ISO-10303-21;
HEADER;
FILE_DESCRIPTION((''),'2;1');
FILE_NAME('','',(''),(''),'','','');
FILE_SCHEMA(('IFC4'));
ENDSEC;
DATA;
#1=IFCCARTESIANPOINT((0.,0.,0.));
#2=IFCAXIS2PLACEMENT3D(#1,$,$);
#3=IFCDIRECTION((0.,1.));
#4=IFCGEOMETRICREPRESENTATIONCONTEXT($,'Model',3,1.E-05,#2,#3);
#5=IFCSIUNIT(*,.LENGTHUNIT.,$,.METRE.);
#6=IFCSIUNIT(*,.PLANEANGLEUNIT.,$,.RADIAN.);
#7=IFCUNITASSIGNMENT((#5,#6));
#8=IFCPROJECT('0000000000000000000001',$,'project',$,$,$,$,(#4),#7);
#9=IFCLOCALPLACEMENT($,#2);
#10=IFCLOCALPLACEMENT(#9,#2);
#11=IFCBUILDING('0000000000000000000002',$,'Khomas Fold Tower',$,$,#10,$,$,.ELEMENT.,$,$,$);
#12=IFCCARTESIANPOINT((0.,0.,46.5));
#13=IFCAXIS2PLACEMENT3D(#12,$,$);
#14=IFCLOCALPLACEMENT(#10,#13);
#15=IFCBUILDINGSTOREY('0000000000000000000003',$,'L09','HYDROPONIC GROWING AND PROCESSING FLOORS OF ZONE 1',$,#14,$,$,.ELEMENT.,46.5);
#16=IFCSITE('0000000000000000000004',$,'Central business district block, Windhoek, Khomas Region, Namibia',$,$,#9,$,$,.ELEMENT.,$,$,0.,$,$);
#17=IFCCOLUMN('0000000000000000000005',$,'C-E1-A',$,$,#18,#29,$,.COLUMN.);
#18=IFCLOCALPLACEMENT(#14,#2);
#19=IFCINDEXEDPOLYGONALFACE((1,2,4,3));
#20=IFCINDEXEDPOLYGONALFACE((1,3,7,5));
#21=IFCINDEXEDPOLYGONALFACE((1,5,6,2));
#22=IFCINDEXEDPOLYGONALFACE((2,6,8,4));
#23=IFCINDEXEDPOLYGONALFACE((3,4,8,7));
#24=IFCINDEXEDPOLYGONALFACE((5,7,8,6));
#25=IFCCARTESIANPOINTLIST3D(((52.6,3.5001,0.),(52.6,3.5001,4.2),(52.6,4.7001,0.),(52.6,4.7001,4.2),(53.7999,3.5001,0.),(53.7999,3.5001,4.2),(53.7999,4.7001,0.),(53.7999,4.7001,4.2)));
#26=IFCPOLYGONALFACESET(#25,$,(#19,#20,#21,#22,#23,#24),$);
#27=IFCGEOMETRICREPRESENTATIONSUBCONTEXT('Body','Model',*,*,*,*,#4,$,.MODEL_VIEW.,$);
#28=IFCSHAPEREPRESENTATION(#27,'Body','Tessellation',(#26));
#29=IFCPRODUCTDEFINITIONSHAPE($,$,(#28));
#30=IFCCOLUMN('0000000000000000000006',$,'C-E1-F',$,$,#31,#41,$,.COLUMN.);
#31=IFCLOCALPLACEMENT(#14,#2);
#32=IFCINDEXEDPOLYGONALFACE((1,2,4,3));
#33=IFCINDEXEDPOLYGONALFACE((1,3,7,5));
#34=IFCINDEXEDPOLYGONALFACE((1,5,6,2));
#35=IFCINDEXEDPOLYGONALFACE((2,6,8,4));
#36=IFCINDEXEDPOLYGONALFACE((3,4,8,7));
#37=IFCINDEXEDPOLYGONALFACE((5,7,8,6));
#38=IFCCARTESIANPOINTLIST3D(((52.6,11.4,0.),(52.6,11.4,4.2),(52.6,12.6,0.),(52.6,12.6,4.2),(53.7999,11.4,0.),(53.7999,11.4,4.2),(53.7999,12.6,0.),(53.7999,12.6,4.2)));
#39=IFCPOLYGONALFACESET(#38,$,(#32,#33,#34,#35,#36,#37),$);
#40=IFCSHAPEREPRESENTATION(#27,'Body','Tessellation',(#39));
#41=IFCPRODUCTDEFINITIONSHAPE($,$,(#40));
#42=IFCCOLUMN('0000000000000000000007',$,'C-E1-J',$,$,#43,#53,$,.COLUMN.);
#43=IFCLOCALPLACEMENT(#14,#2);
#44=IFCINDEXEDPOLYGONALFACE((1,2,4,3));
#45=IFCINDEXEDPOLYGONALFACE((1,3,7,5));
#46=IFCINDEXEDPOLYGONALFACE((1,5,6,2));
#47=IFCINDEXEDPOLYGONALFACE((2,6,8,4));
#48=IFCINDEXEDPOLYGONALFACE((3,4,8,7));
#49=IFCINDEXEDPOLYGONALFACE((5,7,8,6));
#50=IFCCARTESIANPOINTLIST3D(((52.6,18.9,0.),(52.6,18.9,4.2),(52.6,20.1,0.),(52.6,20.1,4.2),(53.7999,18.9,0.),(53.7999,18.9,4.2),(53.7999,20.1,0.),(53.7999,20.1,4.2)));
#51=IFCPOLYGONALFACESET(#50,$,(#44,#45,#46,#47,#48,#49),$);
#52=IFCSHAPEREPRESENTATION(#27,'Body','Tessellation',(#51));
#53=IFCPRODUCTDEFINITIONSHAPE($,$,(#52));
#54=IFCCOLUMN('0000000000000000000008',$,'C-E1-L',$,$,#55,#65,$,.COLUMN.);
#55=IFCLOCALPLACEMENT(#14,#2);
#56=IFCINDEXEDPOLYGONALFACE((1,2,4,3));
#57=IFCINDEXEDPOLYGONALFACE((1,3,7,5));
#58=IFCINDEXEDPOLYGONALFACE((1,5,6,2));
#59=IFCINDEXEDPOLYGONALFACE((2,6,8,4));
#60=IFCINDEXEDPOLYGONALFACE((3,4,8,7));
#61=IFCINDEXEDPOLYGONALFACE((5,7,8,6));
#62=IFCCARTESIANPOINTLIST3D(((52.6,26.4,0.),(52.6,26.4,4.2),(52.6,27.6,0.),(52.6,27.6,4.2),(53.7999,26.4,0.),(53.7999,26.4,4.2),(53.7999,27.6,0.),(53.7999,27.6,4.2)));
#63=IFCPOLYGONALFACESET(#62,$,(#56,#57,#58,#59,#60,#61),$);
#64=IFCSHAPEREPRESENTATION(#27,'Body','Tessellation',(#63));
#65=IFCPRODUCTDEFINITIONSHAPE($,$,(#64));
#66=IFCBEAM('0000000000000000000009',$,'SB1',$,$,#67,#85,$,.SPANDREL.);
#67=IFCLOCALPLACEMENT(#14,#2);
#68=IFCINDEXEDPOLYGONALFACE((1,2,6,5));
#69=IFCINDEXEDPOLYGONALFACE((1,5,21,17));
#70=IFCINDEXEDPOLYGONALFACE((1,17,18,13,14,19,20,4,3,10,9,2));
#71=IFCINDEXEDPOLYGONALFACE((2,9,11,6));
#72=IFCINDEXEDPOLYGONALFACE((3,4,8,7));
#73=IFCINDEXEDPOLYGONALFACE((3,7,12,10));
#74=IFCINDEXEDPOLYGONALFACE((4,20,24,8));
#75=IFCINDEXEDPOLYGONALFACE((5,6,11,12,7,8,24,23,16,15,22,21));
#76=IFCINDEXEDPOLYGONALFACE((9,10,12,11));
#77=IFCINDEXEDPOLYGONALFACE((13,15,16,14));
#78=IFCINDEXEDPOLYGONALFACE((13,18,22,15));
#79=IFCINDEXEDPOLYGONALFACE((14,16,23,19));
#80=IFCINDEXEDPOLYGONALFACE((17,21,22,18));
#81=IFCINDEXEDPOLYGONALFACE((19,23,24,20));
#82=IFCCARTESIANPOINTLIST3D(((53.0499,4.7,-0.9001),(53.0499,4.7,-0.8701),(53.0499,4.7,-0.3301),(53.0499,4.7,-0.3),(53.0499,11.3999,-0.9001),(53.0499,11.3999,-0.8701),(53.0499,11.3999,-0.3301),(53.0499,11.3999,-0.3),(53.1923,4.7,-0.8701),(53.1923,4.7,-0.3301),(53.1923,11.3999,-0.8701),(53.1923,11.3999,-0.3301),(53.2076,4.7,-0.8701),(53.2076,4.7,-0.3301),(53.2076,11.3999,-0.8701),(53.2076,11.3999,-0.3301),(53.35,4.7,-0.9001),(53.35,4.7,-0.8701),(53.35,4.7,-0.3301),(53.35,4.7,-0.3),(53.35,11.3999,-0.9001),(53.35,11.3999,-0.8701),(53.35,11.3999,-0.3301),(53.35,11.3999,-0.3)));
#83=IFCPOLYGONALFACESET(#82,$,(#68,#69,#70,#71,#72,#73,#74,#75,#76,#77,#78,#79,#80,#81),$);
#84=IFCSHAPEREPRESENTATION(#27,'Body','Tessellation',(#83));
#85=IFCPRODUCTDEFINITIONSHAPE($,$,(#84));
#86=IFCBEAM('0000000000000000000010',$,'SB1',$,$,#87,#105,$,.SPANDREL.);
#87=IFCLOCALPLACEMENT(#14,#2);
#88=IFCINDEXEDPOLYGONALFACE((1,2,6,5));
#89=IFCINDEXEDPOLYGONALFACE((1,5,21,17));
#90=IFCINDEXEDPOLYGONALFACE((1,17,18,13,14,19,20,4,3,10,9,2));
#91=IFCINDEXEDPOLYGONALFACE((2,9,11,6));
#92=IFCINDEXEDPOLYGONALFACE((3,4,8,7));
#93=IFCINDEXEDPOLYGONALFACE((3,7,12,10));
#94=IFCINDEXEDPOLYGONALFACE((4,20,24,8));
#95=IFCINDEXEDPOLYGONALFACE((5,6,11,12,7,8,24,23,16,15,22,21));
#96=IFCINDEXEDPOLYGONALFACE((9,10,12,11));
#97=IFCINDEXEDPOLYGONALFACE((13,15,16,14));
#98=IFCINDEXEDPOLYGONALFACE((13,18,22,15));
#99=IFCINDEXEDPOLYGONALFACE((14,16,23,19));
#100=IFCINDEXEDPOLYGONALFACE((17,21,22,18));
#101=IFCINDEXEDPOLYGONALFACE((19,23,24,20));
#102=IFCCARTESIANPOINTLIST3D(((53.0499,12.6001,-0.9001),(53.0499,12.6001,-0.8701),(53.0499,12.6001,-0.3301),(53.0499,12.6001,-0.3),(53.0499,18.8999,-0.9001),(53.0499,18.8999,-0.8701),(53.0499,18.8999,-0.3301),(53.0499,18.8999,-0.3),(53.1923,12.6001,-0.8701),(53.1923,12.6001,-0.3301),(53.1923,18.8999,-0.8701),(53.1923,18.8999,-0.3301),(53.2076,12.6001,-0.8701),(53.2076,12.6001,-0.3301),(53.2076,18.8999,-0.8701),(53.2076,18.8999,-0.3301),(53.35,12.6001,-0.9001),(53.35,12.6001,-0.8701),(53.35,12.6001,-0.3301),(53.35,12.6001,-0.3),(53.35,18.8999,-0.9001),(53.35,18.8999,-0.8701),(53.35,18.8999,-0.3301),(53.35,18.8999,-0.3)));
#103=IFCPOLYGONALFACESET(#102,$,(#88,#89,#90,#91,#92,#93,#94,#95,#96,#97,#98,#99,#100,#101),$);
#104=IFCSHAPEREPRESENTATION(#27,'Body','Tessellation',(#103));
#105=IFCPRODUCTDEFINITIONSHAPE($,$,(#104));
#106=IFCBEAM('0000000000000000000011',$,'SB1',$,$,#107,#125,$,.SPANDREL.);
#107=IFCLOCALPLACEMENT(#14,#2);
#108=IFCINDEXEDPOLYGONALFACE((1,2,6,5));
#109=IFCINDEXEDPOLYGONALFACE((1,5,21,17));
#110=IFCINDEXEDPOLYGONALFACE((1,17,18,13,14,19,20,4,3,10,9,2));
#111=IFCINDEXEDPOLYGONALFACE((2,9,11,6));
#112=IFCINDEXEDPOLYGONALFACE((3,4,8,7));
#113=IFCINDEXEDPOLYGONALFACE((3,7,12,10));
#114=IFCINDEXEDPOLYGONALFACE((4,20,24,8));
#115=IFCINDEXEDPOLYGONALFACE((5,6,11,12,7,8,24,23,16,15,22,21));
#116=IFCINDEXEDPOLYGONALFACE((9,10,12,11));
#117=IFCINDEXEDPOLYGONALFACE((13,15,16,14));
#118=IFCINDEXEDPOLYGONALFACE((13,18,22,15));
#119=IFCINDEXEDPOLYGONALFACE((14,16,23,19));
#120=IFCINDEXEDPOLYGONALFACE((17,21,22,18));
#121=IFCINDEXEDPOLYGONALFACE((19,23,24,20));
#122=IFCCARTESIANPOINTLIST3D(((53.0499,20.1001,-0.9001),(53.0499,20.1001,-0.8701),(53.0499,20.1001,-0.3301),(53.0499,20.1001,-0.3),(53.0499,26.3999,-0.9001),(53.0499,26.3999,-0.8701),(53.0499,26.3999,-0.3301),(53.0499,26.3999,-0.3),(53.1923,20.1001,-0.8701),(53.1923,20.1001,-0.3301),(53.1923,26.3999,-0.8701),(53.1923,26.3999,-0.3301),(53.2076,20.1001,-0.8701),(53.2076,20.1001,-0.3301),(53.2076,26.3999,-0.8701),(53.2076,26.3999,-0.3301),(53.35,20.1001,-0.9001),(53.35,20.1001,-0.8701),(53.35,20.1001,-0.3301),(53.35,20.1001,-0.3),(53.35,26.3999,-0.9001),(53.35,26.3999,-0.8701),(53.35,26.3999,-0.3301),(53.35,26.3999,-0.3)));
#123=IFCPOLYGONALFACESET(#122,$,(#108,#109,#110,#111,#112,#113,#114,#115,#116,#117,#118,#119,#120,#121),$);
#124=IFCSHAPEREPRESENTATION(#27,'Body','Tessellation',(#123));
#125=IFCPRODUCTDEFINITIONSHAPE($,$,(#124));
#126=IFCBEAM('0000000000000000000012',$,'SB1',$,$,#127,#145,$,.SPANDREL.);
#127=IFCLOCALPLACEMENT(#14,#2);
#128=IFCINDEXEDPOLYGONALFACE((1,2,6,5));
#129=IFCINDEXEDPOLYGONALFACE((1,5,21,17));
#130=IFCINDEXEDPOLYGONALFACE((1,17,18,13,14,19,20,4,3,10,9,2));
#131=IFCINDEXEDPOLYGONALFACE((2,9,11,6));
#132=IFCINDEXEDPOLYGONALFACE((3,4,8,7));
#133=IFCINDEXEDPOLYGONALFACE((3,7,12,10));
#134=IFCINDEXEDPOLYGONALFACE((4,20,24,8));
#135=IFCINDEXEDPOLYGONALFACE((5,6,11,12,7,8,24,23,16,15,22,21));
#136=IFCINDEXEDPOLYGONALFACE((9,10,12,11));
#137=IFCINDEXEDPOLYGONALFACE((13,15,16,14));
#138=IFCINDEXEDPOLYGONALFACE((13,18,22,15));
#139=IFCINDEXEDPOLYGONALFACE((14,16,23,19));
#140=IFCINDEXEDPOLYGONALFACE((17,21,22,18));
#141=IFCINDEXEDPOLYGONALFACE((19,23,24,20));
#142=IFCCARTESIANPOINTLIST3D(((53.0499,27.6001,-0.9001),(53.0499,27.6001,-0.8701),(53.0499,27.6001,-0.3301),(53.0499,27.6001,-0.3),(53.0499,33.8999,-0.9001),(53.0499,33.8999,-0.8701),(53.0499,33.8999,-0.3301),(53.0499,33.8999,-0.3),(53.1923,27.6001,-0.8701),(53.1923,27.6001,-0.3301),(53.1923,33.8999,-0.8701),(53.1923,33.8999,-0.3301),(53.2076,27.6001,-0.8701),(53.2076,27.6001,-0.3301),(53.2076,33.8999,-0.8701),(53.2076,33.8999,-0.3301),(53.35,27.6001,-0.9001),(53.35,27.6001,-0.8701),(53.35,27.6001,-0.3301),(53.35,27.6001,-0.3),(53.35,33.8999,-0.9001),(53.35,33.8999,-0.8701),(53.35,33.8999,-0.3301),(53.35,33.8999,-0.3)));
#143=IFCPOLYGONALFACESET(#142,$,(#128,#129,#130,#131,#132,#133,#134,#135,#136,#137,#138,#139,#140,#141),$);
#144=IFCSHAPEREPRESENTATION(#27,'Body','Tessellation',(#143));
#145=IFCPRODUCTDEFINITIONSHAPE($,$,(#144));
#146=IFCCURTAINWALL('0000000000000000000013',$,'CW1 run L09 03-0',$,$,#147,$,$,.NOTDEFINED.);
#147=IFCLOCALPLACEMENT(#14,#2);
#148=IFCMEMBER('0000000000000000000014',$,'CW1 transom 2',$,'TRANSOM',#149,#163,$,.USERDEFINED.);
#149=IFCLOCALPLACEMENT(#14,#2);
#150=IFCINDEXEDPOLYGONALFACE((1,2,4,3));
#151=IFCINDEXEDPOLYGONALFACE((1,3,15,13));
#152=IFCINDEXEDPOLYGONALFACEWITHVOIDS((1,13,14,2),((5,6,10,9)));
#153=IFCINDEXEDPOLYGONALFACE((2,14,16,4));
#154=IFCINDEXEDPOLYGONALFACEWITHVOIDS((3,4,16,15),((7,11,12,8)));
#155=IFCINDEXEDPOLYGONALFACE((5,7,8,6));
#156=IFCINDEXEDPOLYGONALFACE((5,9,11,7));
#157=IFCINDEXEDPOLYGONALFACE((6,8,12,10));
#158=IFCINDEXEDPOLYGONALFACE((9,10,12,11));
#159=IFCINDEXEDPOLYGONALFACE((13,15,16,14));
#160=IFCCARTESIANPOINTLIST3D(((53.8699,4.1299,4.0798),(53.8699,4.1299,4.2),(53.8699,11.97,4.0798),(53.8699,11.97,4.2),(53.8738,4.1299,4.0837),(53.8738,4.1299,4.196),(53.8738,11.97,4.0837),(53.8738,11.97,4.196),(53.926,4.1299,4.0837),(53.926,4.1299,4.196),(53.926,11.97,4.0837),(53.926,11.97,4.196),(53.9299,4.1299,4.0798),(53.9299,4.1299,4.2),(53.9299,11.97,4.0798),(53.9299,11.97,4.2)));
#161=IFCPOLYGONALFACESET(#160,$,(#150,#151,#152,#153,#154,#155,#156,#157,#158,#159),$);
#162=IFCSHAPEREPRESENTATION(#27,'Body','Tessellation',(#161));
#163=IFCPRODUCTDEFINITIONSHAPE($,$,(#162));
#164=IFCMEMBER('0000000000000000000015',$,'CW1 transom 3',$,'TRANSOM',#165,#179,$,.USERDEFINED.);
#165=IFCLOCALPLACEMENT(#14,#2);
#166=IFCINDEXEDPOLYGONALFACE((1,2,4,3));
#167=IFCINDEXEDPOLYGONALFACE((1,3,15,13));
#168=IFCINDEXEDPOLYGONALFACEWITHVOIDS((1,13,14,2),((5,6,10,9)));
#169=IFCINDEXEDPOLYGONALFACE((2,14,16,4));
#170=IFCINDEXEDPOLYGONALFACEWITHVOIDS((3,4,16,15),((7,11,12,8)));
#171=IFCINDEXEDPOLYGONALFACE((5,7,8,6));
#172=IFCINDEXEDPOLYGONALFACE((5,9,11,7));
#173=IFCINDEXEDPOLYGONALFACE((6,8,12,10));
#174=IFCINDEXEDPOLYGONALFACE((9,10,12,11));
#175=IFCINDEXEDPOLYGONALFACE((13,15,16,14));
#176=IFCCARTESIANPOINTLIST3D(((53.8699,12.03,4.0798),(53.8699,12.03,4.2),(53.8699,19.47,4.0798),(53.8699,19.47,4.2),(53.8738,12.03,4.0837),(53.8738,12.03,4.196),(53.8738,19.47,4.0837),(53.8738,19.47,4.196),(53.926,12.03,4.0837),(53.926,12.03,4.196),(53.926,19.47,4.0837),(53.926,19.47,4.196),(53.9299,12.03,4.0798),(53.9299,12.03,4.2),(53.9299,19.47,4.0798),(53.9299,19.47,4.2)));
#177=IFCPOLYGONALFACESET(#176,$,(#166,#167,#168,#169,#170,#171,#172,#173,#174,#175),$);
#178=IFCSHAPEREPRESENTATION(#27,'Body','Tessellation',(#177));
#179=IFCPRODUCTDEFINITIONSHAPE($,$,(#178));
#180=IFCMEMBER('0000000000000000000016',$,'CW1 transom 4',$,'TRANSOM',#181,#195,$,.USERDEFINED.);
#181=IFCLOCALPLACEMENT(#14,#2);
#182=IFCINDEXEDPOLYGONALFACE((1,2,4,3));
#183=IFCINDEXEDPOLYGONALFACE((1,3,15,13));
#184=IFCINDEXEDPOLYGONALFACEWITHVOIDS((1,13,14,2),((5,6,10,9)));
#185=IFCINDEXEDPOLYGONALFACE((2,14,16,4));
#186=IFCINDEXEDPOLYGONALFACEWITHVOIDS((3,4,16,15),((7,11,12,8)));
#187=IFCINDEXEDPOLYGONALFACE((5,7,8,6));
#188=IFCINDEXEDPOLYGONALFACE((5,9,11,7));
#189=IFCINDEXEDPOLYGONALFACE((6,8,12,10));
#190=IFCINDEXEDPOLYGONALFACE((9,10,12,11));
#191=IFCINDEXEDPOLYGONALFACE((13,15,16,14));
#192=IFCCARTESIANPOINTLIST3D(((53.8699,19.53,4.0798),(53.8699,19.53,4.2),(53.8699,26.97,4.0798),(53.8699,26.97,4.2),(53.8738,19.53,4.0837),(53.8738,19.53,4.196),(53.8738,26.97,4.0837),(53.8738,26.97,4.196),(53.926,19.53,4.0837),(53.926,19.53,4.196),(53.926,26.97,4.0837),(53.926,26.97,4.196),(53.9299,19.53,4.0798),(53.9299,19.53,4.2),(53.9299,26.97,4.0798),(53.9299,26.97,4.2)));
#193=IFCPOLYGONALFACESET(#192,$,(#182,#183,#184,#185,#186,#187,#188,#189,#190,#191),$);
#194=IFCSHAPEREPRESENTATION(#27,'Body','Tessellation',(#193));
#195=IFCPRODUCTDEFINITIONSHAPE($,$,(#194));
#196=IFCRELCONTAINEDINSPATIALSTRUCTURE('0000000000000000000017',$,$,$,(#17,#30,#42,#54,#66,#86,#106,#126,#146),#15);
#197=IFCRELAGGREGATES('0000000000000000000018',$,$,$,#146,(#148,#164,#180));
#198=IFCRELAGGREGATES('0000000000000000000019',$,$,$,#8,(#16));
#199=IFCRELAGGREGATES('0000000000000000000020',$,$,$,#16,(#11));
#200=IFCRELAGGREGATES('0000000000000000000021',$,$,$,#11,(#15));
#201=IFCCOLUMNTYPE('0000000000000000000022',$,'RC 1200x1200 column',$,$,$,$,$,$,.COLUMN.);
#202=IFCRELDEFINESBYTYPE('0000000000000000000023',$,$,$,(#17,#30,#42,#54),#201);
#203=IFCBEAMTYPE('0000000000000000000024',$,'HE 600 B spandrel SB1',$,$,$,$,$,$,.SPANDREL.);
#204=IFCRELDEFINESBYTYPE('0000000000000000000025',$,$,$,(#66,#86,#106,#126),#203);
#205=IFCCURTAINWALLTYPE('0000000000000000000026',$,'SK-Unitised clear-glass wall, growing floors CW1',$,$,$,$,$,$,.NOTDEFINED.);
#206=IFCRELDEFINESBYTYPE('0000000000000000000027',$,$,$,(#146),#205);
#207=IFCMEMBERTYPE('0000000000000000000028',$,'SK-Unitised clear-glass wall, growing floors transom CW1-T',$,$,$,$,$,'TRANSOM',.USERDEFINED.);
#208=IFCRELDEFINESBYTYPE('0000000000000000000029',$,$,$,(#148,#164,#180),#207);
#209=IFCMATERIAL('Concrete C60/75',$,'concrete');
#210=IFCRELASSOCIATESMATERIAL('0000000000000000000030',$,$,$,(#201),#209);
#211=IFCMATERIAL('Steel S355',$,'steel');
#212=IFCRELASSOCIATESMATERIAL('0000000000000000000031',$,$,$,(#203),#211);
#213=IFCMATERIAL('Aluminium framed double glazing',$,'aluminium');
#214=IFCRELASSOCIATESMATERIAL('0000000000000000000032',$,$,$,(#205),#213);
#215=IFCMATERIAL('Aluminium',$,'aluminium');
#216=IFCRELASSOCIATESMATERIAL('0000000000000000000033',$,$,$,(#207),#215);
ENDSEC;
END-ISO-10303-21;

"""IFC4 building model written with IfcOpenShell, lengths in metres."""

from ifc_helpers import new_model, si_unit, direction, frame, origin, origin_2d, place, context, subcontext, project, spatial, rectangle, hollow_rectangle, i_section, extrude, source, transform, mapped, material, material_profile, profile_set, type_object, element, aggregate, save


model = new_model("IFC4")

# Units and contexts
model_context = context("Model", 3, precision=1e-05, world=origin(), true_north=direction((0.0, 1.0)))
body_context = subcontext(model_context, "Body", "Model", "MODEL_VIEW")
ifc_project = project(units=[si_unit("LENGTHUNIT", "METRE"), si_unit("PLANEANGLEUNIT", "RADIAN")], contexts=[model_context])

# Site, building, storey
site_placement = place(None, origin())
site = spatial("IfcSite", under=ifc_project, at=site_placement, Name="Central business district block, Windhoek, Khomas Region, Namibia", CompositionType="ELEMENT", RefElevation=0.0)
building_placement = place(site_placement, origin())
building = spatial("IfcBuilding", under=site, at=building_placement, Name="Khomas Fold Tower", CompositionType="ELEMENT")
storey_placement = place(building_placement, frame((0.0, 0.0, 46.5)))
storey = spatial("IfcBuildingStorey", under=building, at=storey_placement, Name="L09", Description="HYDROPONIC GROWING AND PROCESSING FLOORS OF ZONE 1", CompositionType="ELEMENT", Elevation=46.5)

# Columns
ifc_material_1 = material(Name="Concrete C60/75", Category="concrete")
ifc_material_profile_1 = material_profile(ifc_material_1, rectangle(XDim=1.2, YDim=1.2, at=origin_2d()), Name="RC 1200x1200")
ifc_profile_set_1 = profile_set([ifc_material_profile_1], Name="Concrete C60/75")
column_type = type_object("IfcColumnType", Name="RC 1200x1200 column", PredefinedType="COLUMN", material=ifc_profile_set_1)
shared_shape_1 = source(origin(), body_context, "Body", "SweptSolid", [
    extrude(rectangle(XDim=1.2, YDim=1.2, at=origin_2d()), origin(), (0.0, 0.0, 1.0), 4.2),
])
for number, where, z_axis, x_axis, name in (
    (1, (53.2, 4.1001, 0.0), (0.0, 0.0, 1.0), (1.0, 0.0, 0.0), "C-E1-A"),
    (2, (53.2, 12.0, 0.0), (0.0, 0.0, 1.0), (1.0, 0.0, 0.0), "C-E1-F"),
    (3, (53.2, 19.5, 0.0), (0.0, 0.0, 1.0), (1.0, 0.0, 0.0), "C-E1-J"),
    (4, (53.2, 27.0, 0.0), (0.0, 0.0, 1.0), (1.0, 0.0, 0.0), "C-E1-L"),
):
    element("IfcColumn", number, at=place(storey_placement, frame(where, z_axis=z_axis, x_axis=x_axis)), inside=storey, type_object=column_type, Name=name, PredefinedType="COLUMN", context=body_context, shape_type="MappedRepresentation", body=[
        mapped(shared_shape_1, transform((0.0, 0.0, 0.0))),
    ])

# Beams
ifc_material_2 = material(Name="Steel S355", Category="steel")
ifc_material_profile_2 = material_profile(ifc_material_2, i_section(OverallWidth=0.3, OverallDepth=0.6001, WebThickness=0.0154, FlangeThickness=0.03, at=origin_2d()), Name="HE 600 B")
ifc_profile_set_2 = profile_set([ifc_material_profile_2], Name="Steel S355")
beam_type = type_object("IfcBeamType", Name="HE 600 B spandrel SB1", PredefinedType="SPANDREL", material=ifc_profile_set_2)
shared_shape_2 = source(origin(), body_context, "Body", "SweptSolid", [
    extrude(i_section(OverallWidth=0.3, OverallDepth=0.6001, WebThickness=0.0154, FlangeThickness=0.03, at=origin_2d()), origin(), (0.0, 0.0, 1.0), 6.7),
])
beam_placement = place(storey_placement, frame((53.2, 4.7, -0.6001), z_axis=(0.0, 1.0, 0.0), x_axis=(-1.0, 0.0, 0.0)))
element("IfcBeam", 5, at=beam_placement, inside=storey, type_object=beam_type, Name="SB1", PredefinedType="SPANDREL", context=body_context, shape_type="MappedRepresentation", body=[
    mapped(shared_shape_2, transform((0.0, 0.0, 0.0))),
])
shared_shape_3 = source(origin(), body_context, "Body", "SweptSolid", [
    extrude(i_section(OverallWidth=0.3, OverallDepth=0.6001, WebThickness=0.0154, FlangeThickness=0.03, at=origin_2d()), origin(), (0.0, 0.0, 1.0), 6.2998),
])
for number, where, z_axis, x_axis, name in (
    (6, (53.2, 12.6001, -0.6001), (0.0, 1.0, 0.0), (-1.0, 0.0, 0.0), "SB1"),
    (7, (53.2, 20.1001, -0.6001), (0.0, 1.0, 0.0), (-1.0, 0.0, 0.0), "SB1"),
    (8, (53.2, 27.6001, -0.6001), (0.0, 1.0, 0.0), (-1.0, 0.0, 0.0), "SB1"),
):
    element("IfcBeam", number, at=place(storey_placement, frame(where, z_axis=z_axis, x_axis=x_axis)), inside=storey, type_object=beam_type, Name=name, PredefinedType="SPANDREL", context=body_context, shape_type="MappedRepresentation", body=[
        mapped(shared_shape_3, transform((0.0, 0.0, 0.0))),
    ])

# Curtain wall, members
ifc_material_3 = material(Name="Aluminium framed double glazing", Category="aluminium")
curtain_wall_type = type_object("IfcCurtainWallType", Name="SK-Unitised clear-glass wall, growing floors CW1", PredefinedType="NOTDEFINED", material=ifc_material_3)
curtain_wall_placement = place(storey_placement, origin())
curtain_wall = element("IfcCurtainWall", 9, at=curtain_wall_placement, inside=storey, type_object=curtain_wall_type, Name="CW1 run L09 03-0", PredefinedType="NOTDEFINED")
ifc_material_4 = material(Name="Aluminium", Category="aluminium")
ifc_material_profile_3 = material_profile(ifc_material_4, hollow_rectangle(XDim=0.0601, YDim=0.1201, WallThickness=0.0039, at=origin_2d()), Name="SK-Unitised clear-glass wall, growing floors transom CW1-T")
ifc_profile_set_3 = profile_set([ifc_material_profile_3], Name="Aluminium")
member_type_1 = type_object("IfcMemberType", Name="SK-Unitised clear-glass wall, growing floors transom CW1-T", ElementType="TRANSOM", PredefinedType="USERDEFINED", material=ifc_profile_set_3)
shared_shape_4 = source(origin(), body_context, "Body", "SweptSolid", [
    extrude(hollow_rectangle(XDim=0.0601, YDim=0.1201, WallThickness=0.0039, at=origin_2d()), origin(), (0.0, 0.0, 1.0), 7.8401),
])
member_1_placement = place(storey_placement, frame((53.8999, 4.1299, 4.1399), z_axis=(0.0, 1.0, 0.0), x_axis=(-1.0, 0.0, 0.0)))
member_1 = element("IfcMember", 10, at=member_1_placement, type_object=member_type_1, Name="CW1 transom 2", ObjectType="TRANSOM", PredefinedType="USERDEFINED", context=body_context, shape_type="MappedRepresentation", body=[
    mapped(shared_shape_4, transform((0.0, 0.0, 0.0))),
])
shared_shape_5 = source(origin(), body_context, "Body", "SweptSolid", [
    extrude(hollow_rectangle(XDim=0.0601, YDim=0.1201, WallThickness=0.0039, at=origin_2d()), origin(), (0.0, 0.0, 1.0), 7.4399),
])
member_2_placement = place(storey_placement, frame((53.8999, 12.03, 4.1399), z_axis=(0.0, 1.0, 0.0), x_axis=(-1.0, 0.0, 0.0)))
member_2 = element("IfcMember", 11, at=member_2_placement, type_object=member_type_1, Name="CW1 transom 3", ObjectType="TRANSOM", PredefinedType="USERDEFINED", context=body_context, shape_type="MappedRepresentation", body=[
    mapped(shared_shape_5, transform((0.0, 0.0, 0.0))),
])
member_3_placement = place(storey_placement, frame((53.8999, 19.53, 4.1399), z_axis=(0.0, 1.0, 0.0), x_axis=(-1.0, 0.0, 0.0)))
member_3 = element("IfcMember", 12, at=member_3_placement, type_object=member_type_1, Name="CW1 transom 4", ObjectType="TRANSOM", PredefinedType="USERDEFINED", context=body_context, shape_type="MappedRepresentation", body=[
    mapped(shared_shape_5, transform((0.0, 0.0, 0.0))),
])

aggregate(curtain_wall, [member_1, member_2, member_3])

save(model, "model.ifc")
